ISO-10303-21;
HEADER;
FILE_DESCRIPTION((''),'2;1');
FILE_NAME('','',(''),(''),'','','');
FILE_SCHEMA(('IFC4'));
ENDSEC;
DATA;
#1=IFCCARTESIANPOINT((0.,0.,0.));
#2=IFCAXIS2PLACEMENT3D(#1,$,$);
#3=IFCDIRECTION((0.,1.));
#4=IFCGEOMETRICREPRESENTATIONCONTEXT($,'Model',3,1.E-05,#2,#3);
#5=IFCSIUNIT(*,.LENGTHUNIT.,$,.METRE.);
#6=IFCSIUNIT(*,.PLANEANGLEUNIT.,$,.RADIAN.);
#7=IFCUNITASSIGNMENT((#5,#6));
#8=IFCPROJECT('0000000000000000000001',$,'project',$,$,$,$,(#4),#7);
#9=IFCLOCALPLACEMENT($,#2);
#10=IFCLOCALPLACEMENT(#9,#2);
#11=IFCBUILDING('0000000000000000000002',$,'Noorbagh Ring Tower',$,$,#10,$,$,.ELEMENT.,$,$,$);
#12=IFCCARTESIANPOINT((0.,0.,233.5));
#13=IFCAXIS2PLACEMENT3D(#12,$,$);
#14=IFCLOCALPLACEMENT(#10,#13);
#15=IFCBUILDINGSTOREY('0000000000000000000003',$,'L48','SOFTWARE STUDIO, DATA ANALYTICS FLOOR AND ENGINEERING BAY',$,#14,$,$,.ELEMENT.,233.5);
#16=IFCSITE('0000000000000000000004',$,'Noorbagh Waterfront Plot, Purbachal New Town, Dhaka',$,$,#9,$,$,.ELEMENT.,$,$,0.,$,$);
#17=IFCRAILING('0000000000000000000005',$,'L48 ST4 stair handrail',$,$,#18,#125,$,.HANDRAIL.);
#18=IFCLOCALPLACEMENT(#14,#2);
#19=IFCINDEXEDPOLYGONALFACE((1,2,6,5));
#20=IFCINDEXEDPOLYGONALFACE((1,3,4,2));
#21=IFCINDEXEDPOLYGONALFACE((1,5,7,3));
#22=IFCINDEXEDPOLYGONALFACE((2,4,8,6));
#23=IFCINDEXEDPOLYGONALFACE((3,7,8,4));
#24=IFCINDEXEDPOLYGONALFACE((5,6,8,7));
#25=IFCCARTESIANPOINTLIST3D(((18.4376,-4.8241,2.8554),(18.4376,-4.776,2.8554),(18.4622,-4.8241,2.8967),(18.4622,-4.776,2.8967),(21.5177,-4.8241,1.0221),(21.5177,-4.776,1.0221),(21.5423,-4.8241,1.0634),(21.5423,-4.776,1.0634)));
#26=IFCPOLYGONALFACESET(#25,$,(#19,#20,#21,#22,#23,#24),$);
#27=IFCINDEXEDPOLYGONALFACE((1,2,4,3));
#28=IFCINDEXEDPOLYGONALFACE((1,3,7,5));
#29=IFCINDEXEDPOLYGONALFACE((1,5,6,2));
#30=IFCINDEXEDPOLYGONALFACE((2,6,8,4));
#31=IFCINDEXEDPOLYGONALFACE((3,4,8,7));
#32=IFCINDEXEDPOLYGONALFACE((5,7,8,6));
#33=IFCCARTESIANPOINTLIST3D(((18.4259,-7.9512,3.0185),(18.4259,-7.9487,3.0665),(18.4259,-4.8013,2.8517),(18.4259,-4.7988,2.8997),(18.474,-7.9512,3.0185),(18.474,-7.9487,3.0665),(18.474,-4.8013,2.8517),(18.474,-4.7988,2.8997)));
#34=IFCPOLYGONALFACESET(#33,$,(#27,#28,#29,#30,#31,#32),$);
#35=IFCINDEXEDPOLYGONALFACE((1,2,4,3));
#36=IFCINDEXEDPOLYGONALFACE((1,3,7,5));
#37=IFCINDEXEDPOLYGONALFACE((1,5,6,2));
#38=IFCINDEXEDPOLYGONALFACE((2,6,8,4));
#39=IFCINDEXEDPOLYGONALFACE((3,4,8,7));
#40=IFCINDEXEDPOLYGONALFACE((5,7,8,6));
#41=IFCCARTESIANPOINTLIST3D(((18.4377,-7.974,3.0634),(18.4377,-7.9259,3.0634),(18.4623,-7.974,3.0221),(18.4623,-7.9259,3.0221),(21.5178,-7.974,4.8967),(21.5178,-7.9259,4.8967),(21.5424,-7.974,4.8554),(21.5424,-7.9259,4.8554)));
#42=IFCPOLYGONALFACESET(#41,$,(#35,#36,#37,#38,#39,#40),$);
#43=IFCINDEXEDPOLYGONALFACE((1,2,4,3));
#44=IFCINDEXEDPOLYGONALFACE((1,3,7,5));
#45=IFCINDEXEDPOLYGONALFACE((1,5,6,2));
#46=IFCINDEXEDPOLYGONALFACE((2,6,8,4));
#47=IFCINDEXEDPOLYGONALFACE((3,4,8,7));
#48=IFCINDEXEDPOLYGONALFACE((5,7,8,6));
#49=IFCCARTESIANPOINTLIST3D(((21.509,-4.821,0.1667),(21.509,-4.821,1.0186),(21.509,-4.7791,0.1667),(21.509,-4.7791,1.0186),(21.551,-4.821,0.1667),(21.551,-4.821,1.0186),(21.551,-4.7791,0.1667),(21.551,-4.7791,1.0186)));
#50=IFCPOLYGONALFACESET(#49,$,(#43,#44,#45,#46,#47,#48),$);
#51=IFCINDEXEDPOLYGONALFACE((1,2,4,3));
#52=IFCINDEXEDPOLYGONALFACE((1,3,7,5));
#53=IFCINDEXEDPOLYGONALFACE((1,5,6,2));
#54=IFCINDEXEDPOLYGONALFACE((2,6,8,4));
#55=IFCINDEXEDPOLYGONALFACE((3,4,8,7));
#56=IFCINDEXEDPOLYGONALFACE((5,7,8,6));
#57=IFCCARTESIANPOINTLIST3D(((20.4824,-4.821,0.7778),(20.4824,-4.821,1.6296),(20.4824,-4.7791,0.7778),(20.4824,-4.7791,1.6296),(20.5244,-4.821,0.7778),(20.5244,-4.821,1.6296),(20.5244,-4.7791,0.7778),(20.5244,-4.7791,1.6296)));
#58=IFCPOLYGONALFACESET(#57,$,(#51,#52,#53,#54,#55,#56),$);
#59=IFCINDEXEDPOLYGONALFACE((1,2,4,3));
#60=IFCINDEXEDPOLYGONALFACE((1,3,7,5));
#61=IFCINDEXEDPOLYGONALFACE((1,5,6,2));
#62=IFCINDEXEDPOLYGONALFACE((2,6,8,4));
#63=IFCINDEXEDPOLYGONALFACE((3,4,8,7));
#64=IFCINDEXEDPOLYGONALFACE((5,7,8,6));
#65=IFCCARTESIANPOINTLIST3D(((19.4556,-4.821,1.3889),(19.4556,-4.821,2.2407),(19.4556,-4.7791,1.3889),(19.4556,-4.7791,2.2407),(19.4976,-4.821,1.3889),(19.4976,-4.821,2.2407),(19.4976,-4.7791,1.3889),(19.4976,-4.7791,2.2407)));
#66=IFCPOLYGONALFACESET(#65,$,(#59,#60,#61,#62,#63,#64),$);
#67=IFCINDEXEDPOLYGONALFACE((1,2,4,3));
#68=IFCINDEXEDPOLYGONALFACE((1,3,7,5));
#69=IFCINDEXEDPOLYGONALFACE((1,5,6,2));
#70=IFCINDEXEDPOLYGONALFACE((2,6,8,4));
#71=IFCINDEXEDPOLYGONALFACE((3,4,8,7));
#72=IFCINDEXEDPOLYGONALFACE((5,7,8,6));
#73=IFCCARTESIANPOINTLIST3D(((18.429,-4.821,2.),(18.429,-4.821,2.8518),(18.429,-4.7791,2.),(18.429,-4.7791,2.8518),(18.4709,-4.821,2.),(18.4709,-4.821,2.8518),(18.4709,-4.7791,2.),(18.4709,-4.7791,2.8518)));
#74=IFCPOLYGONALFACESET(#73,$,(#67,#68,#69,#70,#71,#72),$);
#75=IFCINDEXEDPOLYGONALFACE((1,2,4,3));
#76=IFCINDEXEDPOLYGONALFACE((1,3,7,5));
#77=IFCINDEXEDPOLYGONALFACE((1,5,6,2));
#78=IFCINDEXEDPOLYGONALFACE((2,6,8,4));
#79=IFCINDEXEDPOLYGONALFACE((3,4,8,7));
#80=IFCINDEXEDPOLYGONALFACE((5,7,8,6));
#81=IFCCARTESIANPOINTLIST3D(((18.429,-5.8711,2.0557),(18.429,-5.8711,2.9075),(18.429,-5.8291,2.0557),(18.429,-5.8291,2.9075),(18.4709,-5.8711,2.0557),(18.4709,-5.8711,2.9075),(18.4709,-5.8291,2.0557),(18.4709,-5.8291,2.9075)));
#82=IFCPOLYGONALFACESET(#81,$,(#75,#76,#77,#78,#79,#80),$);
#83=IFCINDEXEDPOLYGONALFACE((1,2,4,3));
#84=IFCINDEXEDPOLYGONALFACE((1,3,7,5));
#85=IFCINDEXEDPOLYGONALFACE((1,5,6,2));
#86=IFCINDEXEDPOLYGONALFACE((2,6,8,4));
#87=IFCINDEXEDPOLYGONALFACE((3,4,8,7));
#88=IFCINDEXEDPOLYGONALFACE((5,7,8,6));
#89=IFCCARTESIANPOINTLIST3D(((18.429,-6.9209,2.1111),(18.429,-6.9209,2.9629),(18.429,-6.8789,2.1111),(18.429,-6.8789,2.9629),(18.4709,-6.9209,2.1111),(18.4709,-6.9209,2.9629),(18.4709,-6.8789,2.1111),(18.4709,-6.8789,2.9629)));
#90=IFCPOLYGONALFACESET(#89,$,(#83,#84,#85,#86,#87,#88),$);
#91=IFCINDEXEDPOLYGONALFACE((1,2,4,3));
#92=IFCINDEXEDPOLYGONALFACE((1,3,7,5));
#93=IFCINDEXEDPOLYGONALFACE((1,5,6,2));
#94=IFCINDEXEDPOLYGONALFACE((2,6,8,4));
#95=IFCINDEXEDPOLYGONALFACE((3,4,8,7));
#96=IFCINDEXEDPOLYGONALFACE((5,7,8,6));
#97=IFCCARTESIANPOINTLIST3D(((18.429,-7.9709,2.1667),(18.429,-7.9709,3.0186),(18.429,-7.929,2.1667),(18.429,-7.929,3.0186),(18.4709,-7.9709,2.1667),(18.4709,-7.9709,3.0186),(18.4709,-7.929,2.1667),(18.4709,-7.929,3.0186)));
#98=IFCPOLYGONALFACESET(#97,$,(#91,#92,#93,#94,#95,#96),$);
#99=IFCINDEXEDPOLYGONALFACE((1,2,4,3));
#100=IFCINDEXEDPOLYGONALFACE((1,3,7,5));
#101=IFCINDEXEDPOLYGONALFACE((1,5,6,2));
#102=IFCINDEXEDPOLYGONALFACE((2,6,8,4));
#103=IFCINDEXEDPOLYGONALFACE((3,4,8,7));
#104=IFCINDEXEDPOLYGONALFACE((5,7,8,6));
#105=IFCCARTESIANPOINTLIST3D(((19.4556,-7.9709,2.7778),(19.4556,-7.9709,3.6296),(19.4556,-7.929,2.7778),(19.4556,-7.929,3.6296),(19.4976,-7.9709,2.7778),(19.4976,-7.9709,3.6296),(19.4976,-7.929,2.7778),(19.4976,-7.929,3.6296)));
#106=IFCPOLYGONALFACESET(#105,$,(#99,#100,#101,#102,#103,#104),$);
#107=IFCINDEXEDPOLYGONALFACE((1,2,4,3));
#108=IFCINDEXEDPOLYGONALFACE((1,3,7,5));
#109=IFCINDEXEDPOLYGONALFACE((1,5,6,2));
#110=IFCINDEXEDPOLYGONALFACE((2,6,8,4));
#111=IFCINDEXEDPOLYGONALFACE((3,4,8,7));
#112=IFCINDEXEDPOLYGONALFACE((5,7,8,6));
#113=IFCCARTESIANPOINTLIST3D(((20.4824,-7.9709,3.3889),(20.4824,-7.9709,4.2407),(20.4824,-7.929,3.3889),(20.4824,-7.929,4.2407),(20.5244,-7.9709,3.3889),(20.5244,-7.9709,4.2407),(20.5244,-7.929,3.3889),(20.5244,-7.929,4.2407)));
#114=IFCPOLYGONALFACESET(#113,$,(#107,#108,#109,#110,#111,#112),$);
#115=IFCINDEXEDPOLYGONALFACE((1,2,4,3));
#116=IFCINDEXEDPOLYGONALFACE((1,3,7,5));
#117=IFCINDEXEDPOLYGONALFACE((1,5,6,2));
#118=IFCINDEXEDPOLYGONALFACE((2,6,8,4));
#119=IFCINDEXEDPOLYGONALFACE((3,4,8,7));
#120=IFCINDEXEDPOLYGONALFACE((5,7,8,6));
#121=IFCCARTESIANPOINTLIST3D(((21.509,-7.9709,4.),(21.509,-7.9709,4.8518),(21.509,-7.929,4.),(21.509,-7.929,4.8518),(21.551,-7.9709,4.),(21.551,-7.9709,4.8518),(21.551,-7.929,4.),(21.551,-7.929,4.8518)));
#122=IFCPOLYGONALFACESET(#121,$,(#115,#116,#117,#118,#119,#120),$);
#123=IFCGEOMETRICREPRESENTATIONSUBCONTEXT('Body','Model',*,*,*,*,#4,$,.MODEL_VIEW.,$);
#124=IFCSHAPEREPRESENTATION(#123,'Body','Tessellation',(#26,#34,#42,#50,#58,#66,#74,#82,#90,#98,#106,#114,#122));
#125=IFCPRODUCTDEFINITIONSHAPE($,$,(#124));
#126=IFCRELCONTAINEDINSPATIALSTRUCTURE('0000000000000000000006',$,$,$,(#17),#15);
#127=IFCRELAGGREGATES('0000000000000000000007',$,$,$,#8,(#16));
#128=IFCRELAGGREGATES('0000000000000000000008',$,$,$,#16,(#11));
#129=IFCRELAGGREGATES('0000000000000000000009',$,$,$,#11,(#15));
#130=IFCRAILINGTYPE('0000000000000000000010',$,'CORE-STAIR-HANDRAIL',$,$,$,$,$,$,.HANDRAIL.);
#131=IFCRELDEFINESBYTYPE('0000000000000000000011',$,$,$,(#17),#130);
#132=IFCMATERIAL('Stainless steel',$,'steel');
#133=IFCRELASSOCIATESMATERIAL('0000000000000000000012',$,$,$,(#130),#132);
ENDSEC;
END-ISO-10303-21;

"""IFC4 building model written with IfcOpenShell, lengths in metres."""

from ifc_helpers import new_model, si_unit, direction, frame, origin, origin_2d, place, context, subcontext, project, spatial, rectangle, extrude, material, type_object, element, save


model = new_model("IFC4")

# Units and contexts
model_context = context("Model", 3, precision=1e-05, world=origin(), true_north=direction((0.0, 1.0)))
body_context = subcontext(model_context, "Body", "Model", "MODEL_VIEW")
ifc_project = project(units=[si_unit("LENGTHUNIT", "METRE"), si_unit("PLANEANGLEUNIT", "RADIAN")], contexts=[model_context])

# Site, building, storey
site_placement = place(None, origin())
site = spatial("IfcSite", under=ifc_project, at=site_placement, Name="Noorbagh Waterfront Plot, Purbachal New Town, Dhaka", CompositionType="ELEMENT", RefElevation=0.0)
building_placement = place(site_placement, origin())
building = spatial("IfcBuilding", under=site, at=building_placement, Name="Noorbagh Ring Tower", CompositionType="ELEMENT")
storey_placement = place(building_placement, frame((0.0, 0.0, 233.5)))
storey = spatial("IfcBuildingStorey", under=building, at=storey_placement, Name="L48", Description="SOFTWARE STUDIO, DATA ANALYTICS FLOOR AND ENGINEERING BAY", CompositionType="ELEMENT", Elevation=233.5)

# Railing
ifc_material_1 = material(Name="Stainless steel", Category="steel")
railing_type_1 = type_object("IfcRailingType", Name="CORE-STAIR-HANDRAIL", PredefinedType="HANDRAIL", material=ifc_material_1)
railing_1_placement = place(storey_placement, frame((21.53, -4.8, 0.1667)))
element("IfcRailing", 1, at=railing_1_placement, inside=storey, type_object=railing_type_1, Name="L48 ST4 stair handrail", PredefinedType="HANDRAIL", context=body_context, shape_type="SweptSolid", body=[
    extrude(rectangle(XDim=0.0481, YDim=0.0481, at=origin_2d()), frame((0.0, 0.0, 0.876), z_axis=(-0.859309, 0.0, 0.511458), x_axis=(0.0, -1.0, 0.0)), (0.0, 0.0, 1.0), 3.5845),
    extrude(rectangle(XDim=0.0481, YDim=0.0481, at=origin_2d()), frame((-3.0801, 0.0, 2.709), z_axis=(0.0, -0.998602, 0.052864), x_axis=(1.0, 0.0, 0.0)), (0.0, 0.0, 1.0), 3.1543),
    extrude(rectangle(XDim=0.0481, YDim=0.0481, at=origin_2d()), frame((-3.0801, -3.1499, 2.876), z_axis=(0.859309, 0.0, 0.511458), x_axis=(0.0, 1.0, 0.0)), (0.0, 0.0, 1.0), 3.5845),
    extrude(rectangle(XDim=0.042, YDim=0.042, at=origin_2d()), origin(), (0.0, 0.0, 1.0), 0.8518),
    extrude(rectangle(XDim=0.042, YDim=0.042, at=origin_2d()), frame((-1.0266, 0.0, 0.6111)), (0.0, 0.0, 1.0), 0.8518),
    extrude(rectangle(XDim=0.042, YDim=0.042, at=origin_2d()), frame((-2.0535, 0.0, 1.2222)), (0.0, 0.0, 1.0), 0.8518),
    extrude(rectangle(XDim=0.042, YDim=0.042, at=origin_2d()), frame((-3.0801, 0.0, 1.8333)), (0.0, 0.0, 1.0), 0.8518),
    extrude(rectangle(XDim=0.042, YDim=0.042, at=origin_2d()), frame((-3.0801, -1.05, 1.8889)), (0.0, 0.0, 1.0), 0.8518),
    extrude(rectangle(XDim=0.042, YDim=0.042, at=origin_2d()), frame((-3.0801, -2.0999, 1.9443)), (0.0, 0.0, 1.0), 0.8518),
    extrude(rectangle(XDim=0.042, YDim=0.042, at=origin_2d()), frame((-3.0801, -3.1499, 2.0)), (0.0, 0.0, 1.0), 0.8518),
    extrude(rectangle(XDim=0.042, YDim=0.042, at=origin_2d()), frame((-2.0535, -3.1499, 2.6111)), (0.0, 0.0, 1.0), 0.8518),
    extrude(rectangle(XDim=0.042, YDim=0.042, at=origin_2d()), frame((-1.0266, -3.1499, 3.2222)), (0.0, 0.0, 1.0), 0.8518),
    extrude(rectangle(XDim=0.042, YDim=0.042, at=origin_2d()), frame((0.0, -3.1499, 3.8333)), (0.0, 0.0, 1.0), 0.8518),
])

save(model, "model.ifc")
